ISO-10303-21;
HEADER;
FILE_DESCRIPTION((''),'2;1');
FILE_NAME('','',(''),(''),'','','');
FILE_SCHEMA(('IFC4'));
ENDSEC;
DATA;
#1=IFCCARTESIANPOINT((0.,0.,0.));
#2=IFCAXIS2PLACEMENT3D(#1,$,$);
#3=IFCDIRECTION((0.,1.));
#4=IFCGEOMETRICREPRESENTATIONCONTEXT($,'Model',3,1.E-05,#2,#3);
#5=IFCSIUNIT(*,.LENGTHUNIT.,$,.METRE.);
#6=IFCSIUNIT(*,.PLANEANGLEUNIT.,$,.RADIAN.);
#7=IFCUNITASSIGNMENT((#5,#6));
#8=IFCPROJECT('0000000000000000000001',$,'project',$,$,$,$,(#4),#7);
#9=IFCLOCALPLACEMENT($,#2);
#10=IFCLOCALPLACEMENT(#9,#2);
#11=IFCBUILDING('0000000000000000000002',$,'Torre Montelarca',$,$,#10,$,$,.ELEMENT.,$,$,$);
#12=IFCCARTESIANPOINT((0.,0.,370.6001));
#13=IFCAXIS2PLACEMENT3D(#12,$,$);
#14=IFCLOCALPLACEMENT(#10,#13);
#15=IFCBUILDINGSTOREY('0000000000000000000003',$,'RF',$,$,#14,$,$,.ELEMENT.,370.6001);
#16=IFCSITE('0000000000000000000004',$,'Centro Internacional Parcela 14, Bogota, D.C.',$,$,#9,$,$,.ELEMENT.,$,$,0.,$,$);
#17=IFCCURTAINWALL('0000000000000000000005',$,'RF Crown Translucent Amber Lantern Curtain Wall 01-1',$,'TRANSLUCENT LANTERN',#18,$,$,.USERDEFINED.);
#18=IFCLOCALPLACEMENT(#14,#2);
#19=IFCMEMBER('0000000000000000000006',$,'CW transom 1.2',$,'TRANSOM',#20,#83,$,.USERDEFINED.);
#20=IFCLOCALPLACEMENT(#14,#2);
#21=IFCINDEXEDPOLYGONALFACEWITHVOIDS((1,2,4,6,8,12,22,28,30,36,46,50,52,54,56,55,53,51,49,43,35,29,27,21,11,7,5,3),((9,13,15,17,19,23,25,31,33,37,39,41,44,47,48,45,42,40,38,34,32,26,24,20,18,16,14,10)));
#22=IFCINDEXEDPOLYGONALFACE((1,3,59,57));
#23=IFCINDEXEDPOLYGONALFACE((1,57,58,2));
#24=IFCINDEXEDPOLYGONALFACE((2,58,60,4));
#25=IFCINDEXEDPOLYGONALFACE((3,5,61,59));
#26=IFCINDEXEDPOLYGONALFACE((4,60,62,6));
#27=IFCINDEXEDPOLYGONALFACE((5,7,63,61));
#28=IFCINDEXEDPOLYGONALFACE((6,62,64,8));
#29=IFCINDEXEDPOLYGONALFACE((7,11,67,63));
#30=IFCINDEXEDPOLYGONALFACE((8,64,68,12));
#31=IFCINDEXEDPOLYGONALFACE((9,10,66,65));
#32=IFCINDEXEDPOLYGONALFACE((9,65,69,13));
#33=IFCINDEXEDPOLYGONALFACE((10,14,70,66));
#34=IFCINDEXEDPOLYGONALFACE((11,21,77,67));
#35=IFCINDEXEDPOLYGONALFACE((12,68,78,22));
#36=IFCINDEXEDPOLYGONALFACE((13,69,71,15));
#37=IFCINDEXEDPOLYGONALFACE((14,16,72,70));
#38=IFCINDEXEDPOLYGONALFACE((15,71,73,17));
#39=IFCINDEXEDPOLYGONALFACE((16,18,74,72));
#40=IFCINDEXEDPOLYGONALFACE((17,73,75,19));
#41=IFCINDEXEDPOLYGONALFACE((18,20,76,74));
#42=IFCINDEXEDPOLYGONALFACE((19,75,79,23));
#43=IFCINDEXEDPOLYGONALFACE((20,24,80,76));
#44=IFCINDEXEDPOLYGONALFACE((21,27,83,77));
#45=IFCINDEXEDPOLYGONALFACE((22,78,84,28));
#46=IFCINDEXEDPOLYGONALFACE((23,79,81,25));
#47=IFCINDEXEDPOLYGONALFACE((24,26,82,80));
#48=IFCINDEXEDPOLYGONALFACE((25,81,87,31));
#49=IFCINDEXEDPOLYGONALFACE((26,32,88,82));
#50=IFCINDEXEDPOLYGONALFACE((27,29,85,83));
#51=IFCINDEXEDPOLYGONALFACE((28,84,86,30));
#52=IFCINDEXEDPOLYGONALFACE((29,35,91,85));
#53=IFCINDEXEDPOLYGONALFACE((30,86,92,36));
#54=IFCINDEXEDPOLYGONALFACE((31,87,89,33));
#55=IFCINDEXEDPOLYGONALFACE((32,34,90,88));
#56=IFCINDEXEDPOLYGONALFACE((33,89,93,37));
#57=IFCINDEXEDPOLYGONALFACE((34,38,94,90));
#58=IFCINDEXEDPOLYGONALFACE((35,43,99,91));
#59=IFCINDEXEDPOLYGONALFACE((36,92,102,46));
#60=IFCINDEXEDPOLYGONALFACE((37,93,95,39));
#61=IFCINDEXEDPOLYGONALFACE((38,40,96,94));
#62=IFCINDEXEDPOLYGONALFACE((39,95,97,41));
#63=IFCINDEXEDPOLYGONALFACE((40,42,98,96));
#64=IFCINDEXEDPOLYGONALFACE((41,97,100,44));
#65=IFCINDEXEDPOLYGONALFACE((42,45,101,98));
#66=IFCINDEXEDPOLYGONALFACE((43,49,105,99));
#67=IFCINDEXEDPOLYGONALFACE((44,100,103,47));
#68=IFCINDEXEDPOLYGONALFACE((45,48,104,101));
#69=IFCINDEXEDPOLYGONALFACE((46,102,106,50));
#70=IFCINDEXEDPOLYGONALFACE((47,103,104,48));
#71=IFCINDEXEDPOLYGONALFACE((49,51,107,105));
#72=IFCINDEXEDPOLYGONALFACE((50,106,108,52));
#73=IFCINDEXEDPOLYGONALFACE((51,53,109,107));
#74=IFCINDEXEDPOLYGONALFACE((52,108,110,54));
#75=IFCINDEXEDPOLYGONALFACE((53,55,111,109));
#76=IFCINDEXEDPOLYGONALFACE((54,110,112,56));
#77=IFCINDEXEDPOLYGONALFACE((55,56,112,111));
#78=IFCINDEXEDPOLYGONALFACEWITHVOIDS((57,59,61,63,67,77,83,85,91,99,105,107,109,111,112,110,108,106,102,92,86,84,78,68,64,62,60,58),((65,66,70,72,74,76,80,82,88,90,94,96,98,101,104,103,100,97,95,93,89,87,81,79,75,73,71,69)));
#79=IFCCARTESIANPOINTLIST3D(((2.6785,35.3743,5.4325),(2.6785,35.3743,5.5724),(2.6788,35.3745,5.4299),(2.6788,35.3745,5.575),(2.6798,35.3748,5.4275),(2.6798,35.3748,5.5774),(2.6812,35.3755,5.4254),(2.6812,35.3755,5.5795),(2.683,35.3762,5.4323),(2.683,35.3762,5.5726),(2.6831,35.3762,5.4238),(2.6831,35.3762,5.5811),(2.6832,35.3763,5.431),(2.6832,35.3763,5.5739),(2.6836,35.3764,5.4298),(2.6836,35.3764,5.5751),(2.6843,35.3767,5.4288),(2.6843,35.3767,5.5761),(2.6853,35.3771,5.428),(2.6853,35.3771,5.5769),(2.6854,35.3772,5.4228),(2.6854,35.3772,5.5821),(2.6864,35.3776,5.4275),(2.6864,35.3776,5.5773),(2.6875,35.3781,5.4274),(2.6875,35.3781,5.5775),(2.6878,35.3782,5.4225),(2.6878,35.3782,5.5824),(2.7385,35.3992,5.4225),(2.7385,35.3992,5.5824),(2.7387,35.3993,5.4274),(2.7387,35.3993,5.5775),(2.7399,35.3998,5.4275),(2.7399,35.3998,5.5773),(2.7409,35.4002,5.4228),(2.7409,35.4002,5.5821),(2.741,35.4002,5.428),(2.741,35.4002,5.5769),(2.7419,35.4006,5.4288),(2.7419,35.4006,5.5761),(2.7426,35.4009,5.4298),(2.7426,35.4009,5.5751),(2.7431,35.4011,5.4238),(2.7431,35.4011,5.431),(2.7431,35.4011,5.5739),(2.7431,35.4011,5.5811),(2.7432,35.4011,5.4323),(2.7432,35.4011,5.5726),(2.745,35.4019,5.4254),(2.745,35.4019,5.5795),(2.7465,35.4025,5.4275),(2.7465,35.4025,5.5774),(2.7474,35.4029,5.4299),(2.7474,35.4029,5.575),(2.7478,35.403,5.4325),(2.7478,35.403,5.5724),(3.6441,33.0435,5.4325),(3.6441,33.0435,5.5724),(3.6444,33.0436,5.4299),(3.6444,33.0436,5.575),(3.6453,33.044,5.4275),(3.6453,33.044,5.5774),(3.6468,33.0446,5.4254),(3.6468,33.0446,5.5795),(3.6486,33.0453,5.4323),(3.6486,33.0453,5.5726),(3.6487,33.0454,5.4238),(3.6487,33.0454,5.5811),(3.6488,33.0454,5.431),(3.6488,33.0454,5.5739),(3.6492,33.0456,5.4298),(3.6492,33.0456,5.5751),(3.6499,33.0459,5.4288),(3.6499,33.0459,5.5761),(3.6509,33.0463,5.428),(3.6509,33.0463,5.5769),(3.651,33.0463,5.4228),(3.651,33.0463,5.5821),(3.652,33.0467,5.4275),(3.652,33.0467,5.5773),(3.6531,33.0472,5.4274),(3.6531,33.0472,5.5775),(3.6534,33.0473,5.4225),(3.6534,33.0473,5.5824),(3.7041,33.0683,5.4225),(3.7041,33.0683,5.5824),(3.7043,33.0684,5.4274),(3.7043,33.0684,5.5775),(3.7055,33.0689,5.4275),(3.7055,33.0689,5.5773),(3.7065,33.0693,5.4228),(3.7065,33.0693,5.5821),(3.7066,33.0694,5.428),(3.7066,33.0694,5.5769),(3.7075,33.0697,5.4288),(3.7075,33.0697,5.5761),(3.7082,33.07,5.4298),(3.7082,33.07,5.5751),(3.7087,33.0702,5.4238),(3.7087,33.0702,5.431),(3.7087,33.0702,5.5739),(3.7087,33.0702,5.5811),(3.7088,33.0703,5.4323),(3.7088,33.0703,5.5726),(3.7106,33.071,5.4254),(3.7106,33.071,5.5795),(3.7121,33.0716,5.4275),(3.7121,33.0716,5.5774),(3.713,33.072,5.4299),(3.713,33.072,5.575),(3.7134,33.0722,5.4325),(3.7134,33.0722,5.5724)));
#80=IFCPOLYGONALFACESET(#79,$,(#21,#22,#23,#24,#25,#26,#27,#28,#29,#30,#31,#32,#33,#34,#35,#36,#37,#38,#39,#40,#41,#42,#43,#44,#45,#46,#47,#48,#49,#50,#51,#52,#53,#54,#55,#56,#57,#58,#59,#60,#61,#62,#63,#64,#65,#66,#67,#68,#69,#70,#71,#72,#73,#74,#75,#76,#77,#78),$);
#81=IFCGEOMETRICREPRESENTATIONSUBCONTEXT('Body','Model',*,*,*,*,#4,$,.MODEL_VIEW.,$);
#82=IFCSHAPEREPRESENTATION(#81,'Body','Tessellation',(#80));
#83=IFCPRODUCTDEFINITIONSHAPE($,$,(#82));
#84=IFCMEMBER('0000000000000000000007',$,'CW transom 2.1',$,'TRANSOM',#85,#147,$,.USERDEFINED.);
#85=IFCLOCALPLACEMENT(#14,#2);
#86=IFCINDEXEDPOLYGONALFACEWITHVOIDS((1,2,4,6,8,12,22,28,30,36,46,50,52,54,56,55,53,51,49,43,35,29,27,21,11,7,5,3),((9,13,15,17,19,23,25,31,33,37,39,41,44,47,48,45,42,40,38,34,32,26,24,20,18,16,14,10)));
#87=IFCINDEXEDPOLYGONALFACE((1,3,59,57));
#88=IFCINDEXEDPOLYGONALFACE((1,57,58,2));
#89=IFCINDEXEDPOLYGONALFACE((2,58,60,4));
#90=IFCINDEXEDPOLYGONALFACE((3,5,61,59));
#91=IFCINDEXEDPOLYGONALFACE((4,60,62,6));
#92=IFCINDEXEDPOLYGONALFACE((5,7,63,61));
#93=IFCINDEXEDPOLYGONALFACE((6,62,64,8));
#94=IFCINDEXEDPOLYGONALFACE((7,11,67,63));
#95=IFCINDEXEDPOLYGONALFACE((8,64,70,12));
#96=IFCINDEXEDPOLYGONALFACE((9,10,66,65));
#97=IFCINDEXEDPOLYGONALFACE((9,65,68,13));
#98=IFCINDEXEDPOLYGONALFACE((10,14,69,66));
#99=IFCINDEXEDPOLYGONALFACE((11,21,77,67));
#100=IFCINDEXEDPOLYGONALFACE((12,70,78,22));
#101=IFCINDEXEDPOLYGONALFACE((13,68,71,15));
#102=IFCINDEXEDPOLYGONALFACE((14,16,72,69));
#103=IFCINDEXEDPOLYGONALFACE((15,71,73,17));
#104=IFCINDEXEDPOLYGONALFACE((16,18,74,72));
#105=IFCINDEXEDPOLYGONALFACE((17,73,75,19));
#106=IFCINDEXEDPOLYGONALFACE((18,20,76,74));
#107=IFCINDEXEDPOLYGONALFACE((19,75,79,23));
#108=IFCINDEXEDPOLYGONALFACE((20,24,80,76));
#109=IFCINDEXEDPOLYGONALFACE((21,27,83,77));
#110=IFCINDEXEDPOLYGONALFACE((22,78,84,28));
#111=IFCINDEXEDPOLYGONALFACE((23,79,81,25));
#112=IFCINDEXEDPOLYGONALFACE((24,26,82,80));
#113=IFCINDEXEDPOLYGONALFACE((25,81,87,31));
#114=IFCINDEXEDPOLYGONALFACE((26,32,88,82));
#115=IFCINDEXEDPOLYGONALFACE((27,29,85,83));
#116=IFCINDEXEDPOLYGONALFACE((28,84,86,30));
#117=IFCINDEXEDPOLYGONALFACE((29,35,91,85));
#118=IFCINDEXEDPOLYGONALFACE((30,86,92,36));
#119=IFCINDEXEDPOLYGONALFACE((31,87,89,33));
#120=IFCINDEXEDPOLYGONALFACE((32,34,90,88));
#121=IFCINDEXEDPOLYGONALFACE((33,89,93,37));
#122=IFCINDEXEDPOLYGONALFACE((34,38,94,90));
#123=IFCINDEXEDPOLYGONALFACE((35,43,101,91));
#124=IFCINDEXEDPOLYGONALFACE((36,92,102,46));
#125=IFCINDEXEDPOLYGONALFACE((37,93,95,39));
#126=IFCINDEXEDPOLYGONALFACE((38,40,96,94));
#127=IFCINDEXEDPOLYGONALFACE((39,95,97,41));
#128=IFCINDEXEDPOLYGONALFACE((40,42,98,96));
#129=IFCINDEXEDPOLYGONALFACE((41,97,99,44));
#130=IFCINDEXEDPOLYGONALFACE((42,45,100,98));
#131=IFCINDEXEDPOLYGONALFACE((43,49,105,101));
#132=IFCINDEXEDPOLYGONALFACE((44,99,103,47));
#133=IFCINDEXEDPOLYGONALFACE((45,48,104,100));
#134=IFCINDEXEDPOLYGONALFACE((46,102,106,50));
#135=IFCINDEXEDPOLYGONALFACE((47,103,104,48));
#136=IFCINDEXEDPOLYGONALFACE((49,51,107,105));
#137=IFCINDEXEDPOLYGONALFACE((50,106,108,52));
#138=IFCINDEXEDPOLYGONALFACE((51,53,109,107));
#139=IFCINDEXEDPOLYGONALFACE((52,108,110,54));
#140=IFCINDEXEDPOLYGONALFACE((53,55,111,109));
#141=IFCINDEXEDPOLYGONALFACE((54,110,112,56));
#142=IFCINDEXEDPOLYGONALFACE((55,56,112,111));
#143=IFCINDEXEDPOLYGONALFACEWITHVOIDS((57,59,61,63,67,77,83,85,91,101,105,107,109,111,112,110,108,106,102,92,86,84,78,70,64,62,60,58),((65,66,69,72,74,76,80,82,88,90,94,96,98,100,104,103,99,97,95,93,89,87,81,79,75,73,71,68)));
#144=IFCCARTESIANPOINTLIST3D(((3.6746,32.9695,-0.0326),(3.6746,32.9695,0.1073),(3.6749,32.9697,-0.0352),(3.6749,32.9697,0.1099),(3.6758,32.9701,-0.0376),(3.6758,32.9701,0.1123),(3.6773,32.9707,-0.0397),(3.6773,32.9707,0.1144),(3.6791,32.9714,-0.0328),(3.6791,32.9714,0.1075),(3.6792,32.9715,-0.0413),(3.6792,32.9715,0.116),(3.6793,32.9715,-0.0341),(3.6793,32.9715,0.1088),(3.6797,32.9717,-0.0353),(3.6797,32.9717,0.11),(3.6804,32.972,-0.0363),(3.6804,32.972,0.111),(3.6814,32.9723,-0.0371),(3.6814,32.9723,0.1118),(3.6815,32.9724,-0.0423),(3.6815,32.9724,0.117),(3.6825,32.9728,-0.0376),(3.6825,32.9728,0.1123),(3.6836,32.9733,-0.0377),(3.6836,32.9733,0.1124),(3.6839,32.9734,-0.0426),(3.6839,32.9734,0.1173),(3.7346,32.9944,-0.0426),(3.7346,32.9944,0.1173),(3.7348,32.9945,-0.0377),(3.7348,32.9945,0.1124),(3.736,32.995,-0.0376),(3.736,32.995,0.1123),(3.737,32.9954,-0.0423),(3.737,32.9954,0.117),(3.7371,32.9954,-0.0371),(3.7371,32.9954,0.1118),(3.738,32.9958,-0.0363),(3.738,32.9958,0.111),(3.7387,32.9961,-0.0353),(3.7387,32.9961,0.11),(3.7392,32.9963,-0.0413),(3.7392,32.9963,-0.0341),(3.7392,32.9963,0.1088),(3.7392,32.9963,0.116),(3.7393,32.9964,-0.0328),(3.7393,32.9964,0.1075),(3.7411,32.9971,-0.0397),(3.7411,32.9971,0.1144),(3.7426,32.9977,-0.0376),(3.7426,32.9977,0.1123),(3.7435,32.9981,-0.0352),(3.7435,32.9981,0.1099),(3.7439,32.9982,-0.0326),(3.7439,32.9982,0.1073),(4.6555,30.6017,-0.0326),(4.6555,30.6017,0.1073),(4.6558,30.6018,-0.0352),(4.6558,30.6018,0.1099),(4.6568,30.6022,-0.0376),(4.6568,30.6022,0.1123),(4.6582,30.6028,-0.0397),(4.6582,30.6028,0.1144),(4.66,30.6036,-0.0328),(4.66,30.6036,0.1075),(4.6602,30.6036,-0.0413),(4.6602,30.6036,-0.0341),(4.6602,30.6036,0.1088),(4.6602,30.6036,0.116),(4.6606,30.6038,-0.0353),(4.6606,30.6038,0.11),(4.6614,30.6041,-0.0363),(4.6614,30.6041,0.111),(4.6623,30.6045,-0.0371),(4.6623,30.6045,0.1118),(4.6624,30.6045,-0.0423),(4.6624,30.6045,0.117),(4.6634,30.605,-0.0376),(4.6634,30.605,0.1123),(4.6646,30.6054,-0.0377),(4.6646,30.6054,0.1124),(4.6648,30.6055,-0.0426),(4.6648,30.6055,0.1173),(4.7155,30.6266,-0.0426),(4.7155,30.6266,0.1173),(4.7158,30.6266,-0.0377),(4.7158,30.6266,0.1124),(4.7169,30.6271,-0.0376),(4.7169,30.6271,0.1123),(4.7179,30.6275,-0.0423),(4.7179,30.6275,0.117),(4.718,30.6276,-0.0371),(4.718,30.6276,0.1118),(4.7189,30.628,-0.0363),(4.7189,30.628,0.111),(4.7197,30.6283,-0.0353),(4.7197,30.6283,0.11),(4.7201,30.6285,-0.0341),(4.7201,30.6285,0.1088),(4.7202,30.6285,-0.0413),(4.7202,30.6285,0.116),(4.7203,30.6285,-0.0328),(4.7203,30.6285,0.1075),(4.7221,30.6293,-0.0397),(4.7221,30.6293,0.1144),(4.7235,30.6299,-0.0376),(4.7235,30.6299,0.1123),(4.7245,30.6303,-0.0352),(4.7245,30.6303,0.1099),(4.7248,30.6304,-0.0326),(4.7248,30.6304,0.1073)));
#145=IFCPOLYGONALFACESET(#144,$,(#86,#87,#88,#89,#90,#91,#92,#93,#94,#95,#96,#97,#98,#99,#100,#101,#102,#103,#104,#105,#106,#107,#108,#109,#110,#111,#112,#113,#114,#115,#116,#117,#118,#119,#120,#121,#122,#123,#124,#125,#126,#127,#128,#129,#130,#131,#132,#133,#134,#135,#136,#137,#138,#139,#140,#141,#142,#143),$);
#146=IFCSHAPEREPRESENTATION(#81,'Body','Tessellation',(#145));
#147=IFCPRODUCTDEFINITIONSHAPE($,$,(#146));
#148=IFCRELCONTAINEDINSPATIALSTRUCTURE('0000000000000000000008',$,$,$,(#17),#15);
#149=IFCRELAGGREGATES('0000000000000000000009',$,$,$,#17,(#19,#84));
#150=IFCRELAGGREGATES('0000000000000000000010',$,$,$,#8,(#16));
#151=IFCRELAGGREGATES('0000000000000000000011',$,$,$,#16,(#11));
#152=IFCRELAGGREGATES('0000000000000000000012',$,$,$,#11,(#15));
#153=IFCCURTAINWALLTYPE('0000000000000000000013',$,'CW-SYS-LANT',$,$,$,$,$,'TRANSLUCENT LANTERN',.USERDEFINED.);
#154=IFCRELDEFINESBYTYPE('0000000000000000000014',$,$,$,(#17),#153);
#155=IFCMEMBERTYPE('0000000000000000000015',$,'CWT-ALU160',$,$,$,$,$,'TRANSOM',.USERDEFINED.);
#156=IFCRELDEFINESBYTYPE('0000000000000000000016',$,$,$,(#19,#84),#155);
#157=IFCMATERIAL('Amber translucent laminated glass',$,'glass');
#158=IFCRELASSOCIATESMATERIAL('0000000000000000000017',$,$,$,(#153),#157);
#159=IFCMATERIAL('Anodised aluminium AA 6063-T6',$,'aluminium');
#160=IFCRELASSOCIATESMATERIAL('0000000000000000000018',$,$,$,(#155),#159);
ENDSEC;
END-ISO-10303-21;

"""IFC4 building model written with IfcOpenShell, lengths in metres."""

from ifc_helpers import new_model, si_unit, direction, frame, origin, origin_2d, place, context, subcontext, project, spatial, hollow_rectangle, extrude, source, transform, mapped, material, material_profile, profile_set, type_object, element, aggregate, save


model = new_model("IFC4")

# Units and contexts
model_context = context("Model", 3, precision=1e-05, world=origin(), true_north=direction((0.0, 1.0)))
body_context = subcontext(model_context, "Body", "Model", "MODEL_VIEW")
ifc_project = project(units=[si_unit("LENGTHUNIT", "METRE"), si_unit("PLANEANGLEUNIT", "RADIAN")], contexts=[model_context])

# Site, building, storey
site_placement = place(None, origin())
site = spatial("IfcSite", under=ifc_project, at=site_placement, Name="Centro Internacional Parcela 14, Bogota, D.C.", CompositionType="ELEMENT", RefElevation=0.0)
building_placement = place(site_placement, origin())
building = spatial("IfcBuilding", under=site, at=building_placement, Name="Torre Montelarca", CompositionType="ELEMENT")
storey_placement = place(building_placement, frame((0.0, 0.0, 370.6001)))
storey = spatial("IfcBuildingStorey", under=building, at=storey_placement, Name="RF", CompositionType="ELEMENT", Elevation=370.6001)

# Curtain wall
ifc_material_1 = material(Name="Amber translucent laminated glass", Category="glass")
curtain_wall_type = type_object("IfcCurtainWallType", Name="CW-SYS-LANT", ElementType="TRANSLUCENT LANTERN", PredefinedType="USERDEFINED", material=ifc_material_1)
curtain_wall_1_placement = place(storey_placement, origin())
curtain_wall_1 = element("IfcCurtainWall", 1, at=curtain_wall_1_placement, inside=storey, type_object=curtain_wall_type, Name="RF Crown Translucent Amber Lantern Curtain Wall 01-1", ObjectType="TRANSLUCENT LANTERN", PredefinedType="USERDEFINED")
ifc_material_2 = material(Name="Anodised aluminium AA 6063-T6", Category="aluminium")

# Members
ifc_material_profile_1 = material_profile(ifc_material_2, hollow_rectangle(XDim=0.075, YDim=0.1599, WallThickness=0.0049, InnerFilletRadius=0.0049, OuterFilletRadius=0.01, at=origin_2d()), Name="ALU75X160X5", Category="aluminium")
ifc_profile_set_1 = profile_set([ifc_material_profile_1], Name="Anodised aluminium AA 6063-T6")
member_type_1 = type_object("IfcMemberType", Name="CWT-ALU160", ElementType="TRANSOM", PredefinedType="USERDEFINED", material=ifc_profile_set_1)
shared_shape_1 = source(origin(), body_context, "Body", "SweptSolid", [
    extrude(hollow_rectangle(XDim=0.075, YDim=0.1599, WallThickness=0.0049, InnerFilletRadius=0.0049, OuterFilletRadius=0.01, at=origin_2d()), origin(), (0.0, 0.0, 1.0), 2.5229),
])
member_1_placement = place(storey_placement, frame((2.7131, 35.3887, 5.5024), z_axis=(0.382725, -0.923862, 0.0), x_axis=(0.923862, 0.382725, 0.0)))
member_1 = element("IfcMember", 2, at=member_1_placement, type_object=member_type_1, Name="CW transom 1.2", ObjectType="TRANSOM", PredefinedType="USERDEFINED", context=body_context, shape_type="MappedRepresentation", body=[
    mapped(shared_shape_1, transform((0.0, 0.0, 0.0), scale=1.0)),
])
shared_shape_2 = source(origin(), body_context, "Body", "SweptSolid", [
    extrude(hollow_rectangle(XDim=0.075, YDim=0.1599, WallThickness=0.0049, InnerFilletRadius=0.0049, OuterFilletRadius=0.01, at=origin_2d()), origin(), (0.0, 0.0, 1.0), 2.563),
])
member_2_placement = place(storey_placement, frame((3.7092, 32.9839, 0.0374), z_axis=(0.382728, -0.923861, 0.0), x_axis=(0.923861, 0.382728, 0.0)))
member_2 = element("IfcMember", 3, at=member_2_placement, type_object=member_type_1, Name="CW transom 2.1", ObjectType="TRANSOM", PredefinedType="USERDEFINED", context=body_context, shape_type="MappedRepresentation", body=[
    mapped(shared_shape_2, transform((0.0, 0.0, 0.0), scale=1.0)),
])

aggregate(curtain_wall_1, [member_1, member_2])

save(model, "model.ifc")
